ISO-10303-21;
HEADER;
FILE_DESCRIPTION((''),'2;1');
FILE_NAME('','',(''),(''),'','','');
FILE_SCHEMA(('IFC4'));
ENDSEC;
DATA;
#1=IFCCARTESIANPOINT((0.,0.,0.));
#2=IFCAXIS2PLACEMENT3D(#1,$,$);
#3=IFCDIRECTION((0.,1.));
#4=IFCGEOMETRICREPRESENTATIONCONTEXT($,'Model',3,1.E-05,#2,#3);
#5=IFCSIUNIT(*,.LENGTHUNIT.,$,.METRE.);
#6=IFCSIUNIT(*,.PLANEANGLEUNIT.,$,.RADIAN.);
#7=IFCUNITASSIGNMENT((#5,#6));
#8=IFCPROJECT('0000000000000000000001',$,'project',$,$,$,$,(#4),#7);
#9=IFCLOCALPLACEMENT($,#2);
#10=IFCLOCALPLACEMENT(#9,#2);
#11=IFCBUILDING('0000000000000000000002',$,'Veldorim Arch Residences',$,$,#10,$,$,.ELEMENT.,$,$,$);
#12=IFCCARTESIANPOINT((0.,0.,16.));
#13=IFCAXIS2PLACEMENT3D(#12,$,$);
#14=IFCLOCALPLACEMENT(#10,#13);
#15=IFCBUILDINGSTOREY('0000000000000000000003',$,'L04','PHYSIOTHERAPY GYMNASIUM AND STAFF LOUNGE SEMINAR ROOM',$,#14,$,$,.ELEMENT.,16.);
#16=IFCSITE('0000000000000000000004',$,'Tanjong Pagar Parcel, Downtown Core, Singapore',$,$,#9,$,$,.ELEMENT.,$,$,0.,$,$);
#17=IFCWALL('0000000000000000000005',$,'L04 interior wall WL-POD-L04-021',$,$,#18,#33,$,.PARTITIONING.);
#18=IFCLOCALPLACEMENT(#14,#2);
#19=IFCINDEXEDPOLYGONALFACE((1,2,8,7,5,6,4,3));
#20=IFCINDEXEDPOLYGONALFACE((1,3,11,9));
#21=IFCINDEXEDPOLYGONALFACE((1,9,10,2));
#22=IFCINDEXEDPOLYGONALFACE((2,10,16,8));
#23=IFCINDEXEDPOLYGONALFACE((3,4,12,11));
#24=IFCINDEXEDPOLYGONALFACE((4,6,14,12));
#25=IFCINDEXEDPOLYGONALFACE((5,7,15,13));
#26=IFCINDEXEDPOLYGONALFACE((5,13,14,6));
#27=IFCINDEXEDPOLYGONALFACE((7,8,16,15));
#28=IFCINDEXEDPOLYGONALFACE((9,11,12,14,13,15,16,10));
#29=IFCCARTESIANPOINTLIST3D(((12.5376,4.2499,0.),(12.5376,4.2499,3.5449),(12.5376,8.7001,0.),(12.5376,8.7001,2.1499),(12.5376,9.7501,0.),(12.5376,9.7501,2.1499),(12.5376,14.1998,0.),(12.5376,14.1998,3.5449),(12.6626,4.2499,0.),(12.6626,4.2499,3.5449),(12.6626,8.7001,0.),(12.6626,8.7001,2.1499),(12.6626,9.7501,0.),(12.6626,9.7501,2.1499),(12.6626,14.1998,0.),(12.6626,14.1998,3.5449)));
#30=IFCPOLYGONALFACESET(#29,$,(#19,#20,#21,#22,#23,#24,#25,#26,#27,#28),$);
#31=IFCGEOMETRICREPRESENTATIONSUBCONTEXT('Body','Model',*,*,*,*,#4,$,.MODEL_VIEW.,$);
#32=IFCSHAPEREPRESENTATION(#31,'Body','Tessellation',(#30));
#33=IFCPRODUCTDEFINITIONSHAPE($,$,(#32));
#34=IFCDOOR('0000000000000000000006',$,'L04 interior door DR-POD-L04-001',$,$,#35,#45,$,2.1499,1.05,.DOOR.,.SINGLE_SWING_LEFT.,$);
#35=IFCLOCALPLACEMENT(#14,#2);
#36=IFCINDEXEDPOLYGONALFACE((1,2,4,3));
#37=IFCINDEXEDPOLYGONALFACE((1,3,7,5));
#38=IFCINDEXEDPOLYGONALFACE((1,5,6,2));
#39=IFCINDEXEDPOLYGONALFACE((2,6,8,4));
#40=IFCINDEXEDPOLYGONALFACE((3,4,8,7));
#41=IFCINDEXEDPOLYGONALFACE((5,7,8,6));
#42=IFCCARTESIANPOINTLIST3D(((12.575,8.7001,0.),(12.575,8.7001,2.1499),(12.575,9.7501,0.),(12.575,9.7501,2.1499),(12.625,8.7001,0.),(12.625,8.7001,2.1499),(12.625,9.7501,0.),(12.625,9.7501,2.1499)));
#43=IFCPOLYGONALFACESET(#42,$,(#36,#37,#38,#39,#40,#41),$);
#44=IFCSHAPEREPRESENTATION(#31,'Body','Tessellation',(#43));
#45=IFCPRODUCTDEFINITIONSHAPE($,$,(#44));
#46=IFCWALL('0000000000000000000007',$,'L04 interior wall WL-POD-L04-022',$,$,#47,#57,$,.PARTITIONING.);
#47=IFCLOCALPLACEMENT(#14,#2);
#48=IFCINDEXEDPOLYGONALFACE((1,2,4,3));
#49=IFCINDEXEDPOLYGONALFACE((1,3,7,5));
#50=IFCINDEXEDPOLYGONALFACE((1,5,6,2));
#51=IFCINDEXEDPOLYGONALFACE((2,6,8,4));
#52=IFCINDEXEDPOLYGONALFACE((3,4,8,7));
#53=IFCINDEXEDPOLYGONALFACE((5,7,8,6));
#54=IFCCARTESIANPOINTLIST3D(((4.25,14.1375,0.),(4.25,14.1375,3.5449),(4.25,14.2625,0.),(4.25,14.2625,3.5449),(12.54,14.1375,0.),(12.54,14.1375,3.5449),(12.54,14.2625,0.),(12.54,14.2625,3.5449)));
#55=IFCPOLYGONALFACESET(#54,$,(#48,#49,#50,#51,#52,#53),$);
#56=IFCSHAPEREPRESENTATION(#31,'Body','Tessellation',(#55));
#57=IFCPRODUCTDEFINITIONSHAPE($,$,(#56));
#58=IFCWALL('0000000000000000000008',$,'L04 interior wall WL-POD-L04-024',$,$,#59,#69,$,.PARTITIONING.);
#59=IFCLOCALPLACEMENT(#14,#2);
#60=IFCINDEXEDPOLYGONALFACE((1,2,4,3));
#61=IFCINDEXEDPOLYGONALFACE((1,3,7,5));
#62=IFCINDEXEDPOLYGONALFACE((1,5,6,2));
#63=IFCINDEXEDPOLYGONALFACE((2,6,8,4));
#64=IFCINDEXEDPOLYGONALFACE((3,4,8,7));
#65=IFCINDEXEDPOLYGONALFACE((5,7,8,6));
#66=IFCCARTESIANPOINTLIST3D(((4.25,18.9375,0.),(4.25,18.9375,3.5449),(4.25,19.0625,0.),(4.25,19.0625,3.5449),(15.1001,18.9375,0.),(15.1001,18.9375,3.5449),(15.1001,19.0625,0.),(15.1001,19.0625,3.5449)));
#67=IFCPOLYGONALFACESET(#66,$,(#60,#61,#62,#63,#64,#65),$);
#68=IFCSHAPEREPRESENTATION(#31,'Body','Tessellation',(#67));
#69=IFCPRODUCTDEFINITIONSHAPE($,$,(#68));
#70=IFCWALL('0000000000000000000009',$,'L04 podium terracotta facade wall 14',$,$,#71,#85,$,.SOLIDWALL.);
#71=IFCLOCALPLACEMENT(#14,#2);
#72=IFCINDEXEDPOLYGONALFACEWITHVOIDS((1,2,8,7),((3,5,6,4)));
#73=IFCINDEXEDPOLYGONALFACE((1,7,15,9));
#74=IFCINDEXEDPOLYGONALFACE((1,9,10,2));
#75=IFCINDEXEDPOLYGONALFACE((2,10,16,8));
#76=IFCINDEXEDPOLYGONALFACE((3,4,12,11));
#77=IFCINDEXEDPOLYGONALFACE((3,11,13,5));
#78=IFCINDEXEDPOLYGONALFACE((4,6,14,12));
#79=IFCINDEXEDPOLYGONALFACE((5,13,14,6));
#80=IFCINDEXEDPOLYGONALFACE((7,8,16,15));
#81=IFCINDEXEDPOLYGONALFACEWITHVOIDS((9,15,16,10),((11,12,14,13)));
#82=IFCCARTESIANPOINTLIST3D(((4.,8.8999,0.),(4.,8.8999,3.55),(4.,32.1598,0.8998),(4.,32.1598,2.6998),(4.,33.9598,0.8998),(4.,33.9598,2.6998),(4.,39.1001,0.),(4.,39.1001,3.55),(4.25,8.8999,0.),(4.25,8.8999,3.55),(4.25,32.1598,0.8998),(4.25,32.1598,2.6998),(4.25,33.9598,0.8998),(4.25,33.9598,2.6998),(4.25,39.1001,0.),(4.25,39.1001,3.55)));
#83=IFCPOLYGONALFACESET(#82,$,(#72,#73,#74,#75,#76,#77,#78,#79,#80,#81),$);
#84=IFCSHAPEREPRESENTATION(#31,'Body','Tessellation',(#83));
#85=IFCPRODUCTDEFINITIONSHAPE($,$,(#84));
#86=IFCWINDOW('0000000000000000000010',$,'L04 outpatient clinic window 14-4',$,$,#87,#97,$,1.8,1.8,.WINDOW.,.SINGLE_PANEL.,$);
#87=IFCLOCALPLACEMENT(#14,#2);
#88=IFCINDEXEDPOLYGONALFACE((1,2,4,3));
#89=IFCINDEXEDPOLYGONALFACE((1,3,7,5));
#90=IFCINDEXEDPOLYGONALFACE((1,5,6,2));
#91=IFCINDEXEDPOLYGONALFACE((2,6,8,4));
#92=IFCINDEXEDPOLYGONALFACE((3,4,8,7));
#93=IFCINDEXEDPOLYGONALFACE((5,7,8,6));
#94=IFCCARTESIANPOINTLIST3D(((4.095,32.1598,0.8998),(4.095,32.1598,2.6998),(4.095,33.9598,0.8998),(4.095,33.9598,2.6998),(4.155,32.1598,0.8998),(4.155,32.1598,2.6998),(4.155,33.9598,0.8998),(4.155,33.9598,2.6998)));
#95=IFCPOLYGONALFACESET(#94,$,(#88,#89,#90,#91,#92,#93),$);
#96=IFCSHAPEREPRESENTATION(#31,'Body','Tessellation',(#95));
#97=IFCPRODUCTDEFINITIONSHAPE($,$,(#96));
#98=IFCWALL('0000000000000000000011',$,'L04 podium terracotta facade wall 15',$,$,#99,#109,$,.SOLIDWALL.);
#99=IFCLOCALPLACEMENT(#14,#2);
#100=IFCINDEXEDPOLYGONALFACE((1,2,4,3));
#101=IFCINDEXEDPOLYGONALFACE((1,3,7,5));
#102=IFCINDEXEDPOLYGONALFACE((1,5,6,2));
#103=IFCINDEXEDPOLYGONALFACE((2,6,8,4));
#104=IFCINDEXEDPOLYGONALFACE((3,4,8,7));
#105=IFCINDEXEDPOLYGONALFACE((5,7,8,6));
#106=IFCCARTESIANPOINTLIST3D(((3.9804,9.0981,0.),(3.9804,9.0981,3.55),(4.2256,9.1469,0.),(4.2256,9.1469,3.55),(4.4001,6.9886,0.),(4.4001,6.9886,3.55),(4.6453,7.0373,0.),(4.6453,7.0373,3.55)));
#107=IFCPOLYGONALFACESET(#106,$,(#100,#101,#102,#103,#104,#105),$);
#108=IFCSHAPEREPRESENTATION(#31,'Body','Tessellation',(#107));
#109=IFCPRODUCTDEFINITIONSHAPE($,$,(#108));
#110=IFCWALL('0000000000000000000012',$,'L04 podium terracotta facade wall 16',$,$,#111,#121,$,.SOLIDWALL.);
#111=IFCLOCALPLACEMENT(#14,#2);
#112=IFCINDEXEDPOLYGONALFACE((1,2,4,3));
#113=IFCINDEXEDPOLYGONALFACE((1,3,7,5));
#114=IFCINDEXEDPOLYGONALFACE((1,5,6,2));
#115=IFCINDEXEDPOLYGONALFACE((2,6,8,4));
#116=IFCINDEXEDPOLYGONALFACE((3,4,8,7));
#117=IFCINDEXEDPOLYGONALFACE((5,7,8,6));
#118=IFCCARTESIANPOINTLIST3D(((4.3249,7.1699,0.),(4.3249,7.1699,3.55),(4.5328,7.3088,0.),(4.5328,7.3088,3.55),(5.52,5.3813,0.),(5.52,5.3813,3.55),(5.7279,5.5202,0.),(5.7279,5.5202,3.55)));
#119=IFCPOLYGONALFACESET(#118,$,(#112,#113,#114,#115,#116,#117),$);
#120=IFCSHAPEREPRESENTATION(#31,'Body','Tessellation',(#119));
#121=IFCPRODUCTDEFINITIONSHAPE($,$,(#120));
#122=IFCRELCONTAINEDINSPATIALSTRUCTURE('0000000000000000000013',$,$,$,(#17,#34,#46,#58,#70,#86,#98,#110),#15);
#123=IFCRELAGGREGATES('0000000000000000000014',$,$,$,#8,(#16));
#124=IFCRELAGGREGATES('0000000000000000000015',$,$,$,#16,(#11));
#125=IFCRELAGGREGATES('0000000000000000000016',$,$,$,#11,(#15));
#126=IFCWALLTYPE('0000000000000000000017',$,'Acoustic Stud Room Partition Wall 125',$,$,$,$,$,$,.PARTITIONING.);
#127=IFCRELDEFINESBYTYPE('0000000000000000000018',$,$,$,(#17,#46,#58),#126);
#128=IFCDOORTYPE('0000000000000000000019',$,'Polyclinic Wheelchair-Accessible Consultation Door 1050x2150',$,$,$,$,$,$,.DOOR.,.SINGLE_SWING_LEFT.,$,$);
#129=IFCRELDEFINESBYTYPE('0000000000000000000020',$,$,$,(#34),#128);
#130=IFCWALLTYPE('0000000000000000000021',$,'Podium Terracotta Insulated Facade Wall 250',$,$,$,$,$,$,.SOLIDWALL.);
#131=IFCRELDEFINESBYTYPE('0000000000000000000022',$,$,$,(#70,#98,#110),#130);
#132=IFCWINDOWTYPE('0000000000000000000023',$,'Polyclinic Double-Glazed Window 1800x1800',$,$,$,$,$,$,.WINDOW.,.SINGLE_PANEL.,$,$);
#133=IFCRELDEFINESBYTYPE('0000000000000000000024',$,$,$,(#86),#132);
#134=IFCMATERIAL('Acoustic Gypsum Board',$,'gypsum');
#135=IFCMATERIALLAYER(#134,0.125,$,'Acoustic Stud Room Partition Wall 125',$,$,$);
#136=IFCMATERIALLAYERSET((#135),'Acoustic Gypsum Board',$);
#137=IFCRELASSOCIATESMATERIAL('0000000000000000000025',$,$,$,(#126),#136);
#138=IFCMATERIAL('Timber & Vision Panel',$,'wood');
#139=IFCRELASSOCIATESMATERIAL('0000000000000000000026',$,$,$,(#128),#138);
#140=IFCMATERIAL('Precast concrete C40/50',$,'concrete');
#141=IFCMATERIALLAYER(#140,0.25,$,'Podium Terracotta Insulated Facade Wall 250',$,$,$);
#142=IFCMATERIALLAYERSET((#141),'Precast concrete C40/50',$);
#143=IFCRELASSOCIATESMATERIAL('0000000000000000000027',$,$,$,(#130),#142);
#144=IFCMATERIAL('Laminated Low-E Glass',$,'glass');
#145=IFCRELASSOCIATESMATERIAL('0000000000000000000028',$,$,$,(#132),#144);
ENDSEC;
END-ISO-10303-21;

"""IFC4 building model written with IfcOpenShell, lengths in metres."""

from ifc_helpers import new_model, si_unit, direction, frame, frame_2d, origin, place, context, subcontext, project, spatial, rectangle, extrude, material, layer, layer_set, type_object, element, fill, save


model = new_model("IFC4")

# Units and contexts
model_context = context("Model", 3, precision=1e-05, world=origin(), true_north=direction((0.0, 1.0)))
body_context = subcontext(model_context, "Body", "Model", "MODEL_VIEW")
ifc_project = project(units=[si_unit("LENGTHUNIT", "METRE"), si_unit("PLANEANGLEUNIT", "RADIAN")], contexts=[model_context])

# Site, building, storey
site_placement = place(None, origin())
site = spatial("IfcSite", under=ifc_project, at=site_placement, Name="Tanjong Pagar Parcel, Downtown Core, Singapore", CompositionType="ELEMENT", RefElevation=0.0)
building_placement = place(site_placement, origin())
building = spatial("IfcBuilding", under=site, at=building_placement, Name="Veldorim Arch Residences", CompositionType="ELEMENT")
storey_placement = place(building_placement, frame((0.0, 0.0, 16.0)))
storey = spatial("IfcBuildingStorey", under=building, at=storey_placement, Name="L04", Description="PHYSIOTHERAPY GYMNASIUM AND STAFF LOUNGE SEMINAR ROOM", CompositionType="ELEMENT", Elevation=16.0)

# Wall, opening, door
ifc_material_1 = material(Name="Acoustic Gypsum Board", Category="gypsum")
ifc_layer_1 = layer(ifc_material_1, 0.125, Name="Acoustic Stud Room Partition Wall 125")
ifc_layer_set_1 = layer_set([ifc_layer_1], Name="Acoustic Gypsum Board")
wall_type_1 = type_object("IfcWallType", Name="Acoustic Stud Room Partition Wall 125", PredefinedType="PARTITIONING", material=ifc_layer_set_1)
wall_1_placement = place(storey_placement, frame((12.6001, 14.2, 0.0), z_axis=(0.0, 0.0, 1.0), x_axis=(0.0, -1.0, 0.0)))
wall_1 = element("IfcWall", 1, at=wall_1_placement, inside=storey, type_object=wall_type_1, Name="L04 interior wall WL-POD-L04-021", PredefinedType="PARTITIONING", context=body_context, shape_type="SweptSolid", body=[
    extrude(rectangle(XDim=9.95, YDim=0.125, at=frame_2d((4.9751, 0.0))), origin(), (0.0, 0.0, 1.0), 3.5449),
])
opening_1_placement = place(wall_1_placement, frame((4.45, 0.0, 0.0)))
opening_1 = element("IfcOpeningElement", 2, at=opening_1_placement, cuts=wall_1, PredefinedType="OPENING", context=body_context, shape_type="SweptSolid", body=[
    extrude(rectangle(XDim=1.05, YDim=2.1499, at=frame_2d((0.5249, 1.075))), frame((0.0, 0.0725, 0.0), z_axis=(0.0, -1.0, 0.0), x_axis=(1.0, 0.0, 0.0)), (0.0, 0.0, 1.0), 0.145),
])
ifc_material_2 = material(Name="Timber & Vision Panel", Category="wood")
door_type = type_object("IfcDoorType", Name="Polyclinic Wheelchair-Accessible Consultation Door 1050x2150", OperationType="SINGLE_SWING_LEFT", PredefinedType="DOOR", material=ifc_material_2)
door_placement = place(opening_1_placement, origin())
door = element("IfcDoor", 3, at=door_placement, inside=storey, type_object=door_type, Name="L04 interior door DR-POD-L04-001", OperationType="SINGLE_SWING_LEFT", OverallHeight=2.1499, OverallWidth=1.05, PredefinedType="DOOR", context=body_context, shape_type="SweptSolid", body=[
    extrude(rectangle(XDim=1.05, YDim=2.1499, at=frame_2d((0.5249, 1.075))), frame((0.0, 0.0249, 0.0), z_axis=(0.0, -1.0, 0.0), x_axis=(1.0, 0.0, 0.0)), (0.0, 0.0, 1.0), 0.05),
])
fill(opening_1, door)

# Walls
wall_2_placement = place(storey_placement, frame((4.25, 14.2, 0.0), z_axis=(0.0, 0.0, 1.0), x_axis=(1.0, 0.0, 0.0)))
element("IfcWall", 4, at=wall_2_placement, inside=storey, type_object=wall_type_1, Name="L04 interior wall WL-POD-L04-022", PredefinedType="PARTITIONING", context=body_context, shape_type="SweptSolid", body=[
    extrude(rectangle(XDim=8.29, YDim=0.125, at=frame_2d((4.145, 0.0))), origin(), (0.0, 0.0, 1.0), 3.5449),
])
wall_3_placement = place(storey_placement, frame((4.25, 19.0, 0.0), z_axis=(0.0, 0.0, 1.0), x_axis=(1.0, 0.0, 0.0)))
element("IfcWall", 5, at=wall_3_placement, inside=storey, type_object=wall_type_1, Name="L04 interior wall WL-POD-L04-024", PredefinedType="PARTITIONING", context=body_context, shape_type="SweptSolid", body=[
    extrude(rectangle(XDim=10.8501, YDim=0.125, at=frame_2d((5.425, 0.0))), origin(), (0.0, 0.0, 1.0), 3.5449),
])

# Wall, opening, window
ifc_material_3 = material(Name="Precast concrete C40/50", Category="concrete")
ifc_layer_2 = layer(ifc_material_3, 0.25, Name="Podium Terracotta Insulated Facade Wall 250")
ifc_layer_set_2 = layer_set([ifc_layer_2], Name="Precast concrete C40/50")
wall_type_2 = type_object("IfcWallType", Name="Podium Terracotta Insulated Facade Wall 250", PredefinedType="SOLIDWALL", material=ifc_layer_set_2)
wall_4_placement = place(storey_placement, frame((4.125, 8.8999, 0.0), z_axis=(0.0, 0.0, 1.0), x_axis=(0.0, 1.0, 0.0)))
wall_4 = element("IfcWall", 6, at=wall_4_placement, inside=storey, type_object=wall_type_2, Name="L04 podium terracotta facade wall 14", PredefinedType="SOLIDWALL", context=body_context, shape_type="SweptSolid", body=[
    extrude(rectangle(XDim=30.2002, YDim=0.25, at=frame_2d((15.1001, 0.0))), origin(), (0.0, 0.0, 1.0), 3.55),
])
opening_2_placement = place(wall_4_placement, frame((23.26, 0.0, 0.8999)))
opening_2 = element("IfcOpeningElement", 7, at=opening_2_placement, cuts=wall_4, PredefinedType="OPENING", context=body_context, shape_type="SweptSolid", body=[
    extrude(rectangle(XDim=1.8, YDim=1.8, at=frame_2d((0.8999, 0.8999))), frame((0.0, 0.135, 0.0), z_axis=(0.0, -1.0, 0.0), x_axis=(1.0, 0.0, 0.0)), (0.0, 0.0, 1.0), 0.27),
])
ifc_material_4 = material(Name="Laminated Low-E Glass", Category="glass")
window_type = type_object("IfcWindowType", Name="Polyclinic Double-Glazed Window 1800x1800", PartitioningType="SINGLE_PANEL", PredefinedType="WINDOW", material=ifc_material_4)
window_placement = place(opening_2_placement, origin())
window = element("IfcWindow", 8, at=window_placement, inside=storey, type_object=window_type, Name="L04 outpatient clinic window 14-4", OverallHeight=1.8, OverallWidth=1.8, PartitioningType="SINGLE_PANEL", PredefinedType="WINDOW", context=body_context, shape_type="SweptSolid", body=[
    extrude(rectangle(XDim=1.8, YDim=1.8, at=frame_2d((0.8999, 0.8999))), frame((0.0, 0.03, 0.0), z_axis=(0.0, -1.0, 0.0), x_axis=(1.0, 0.0, 0.0)), (0.0, 0.0, 1.0), 0.0601),
])
fill(opening_2, window)

# Walls
wall_5_placement = place(storey_placement, frame((4.5227, 7.0129, 0.0), z_axis=(0.0, 0.0, 1.0), x_axis=(-0.195112, 0.980781, 0.0)))
element("IfcWall", 9, at=wall_5_placement, inside=storey, type_object=wall_type_2, Name="L04 podium terracotta facade wall 15", PredefinedType="SOLIDWALL", context=body_context, shape_type="SweptSolid", body=[
    extrude(rectangle(XDim=2.1509, YDim=0.25, at=frame_2d((1.0754, 0.0))), origin(), (0.0, 0.0, 1.0), 3.55),
])
wall_6_placement = place(storey_placement, frame((5.624, 5.4507, 0.0), z_axis=(0.0, 0.0, 1.0), x_axis=(-0.555564, 0.831474, 0.0)))
element("IfcWall", 10, at=wall_6_placement, inside=storey, type_object=wall_type_2, Name="L04 podium terracotta facade wall 16", PredefinedType="SOLIDWALL", context=body_context, shape_type="SweptSolid", body=[
    extrude(rectangle(XDim=2.1511, YDim=0.25, at=frame_2d((1.0757, 0.0))), origin(), (0.0, 0.0, 1.0), 3.55),
])

save(model, "model.ifc")
